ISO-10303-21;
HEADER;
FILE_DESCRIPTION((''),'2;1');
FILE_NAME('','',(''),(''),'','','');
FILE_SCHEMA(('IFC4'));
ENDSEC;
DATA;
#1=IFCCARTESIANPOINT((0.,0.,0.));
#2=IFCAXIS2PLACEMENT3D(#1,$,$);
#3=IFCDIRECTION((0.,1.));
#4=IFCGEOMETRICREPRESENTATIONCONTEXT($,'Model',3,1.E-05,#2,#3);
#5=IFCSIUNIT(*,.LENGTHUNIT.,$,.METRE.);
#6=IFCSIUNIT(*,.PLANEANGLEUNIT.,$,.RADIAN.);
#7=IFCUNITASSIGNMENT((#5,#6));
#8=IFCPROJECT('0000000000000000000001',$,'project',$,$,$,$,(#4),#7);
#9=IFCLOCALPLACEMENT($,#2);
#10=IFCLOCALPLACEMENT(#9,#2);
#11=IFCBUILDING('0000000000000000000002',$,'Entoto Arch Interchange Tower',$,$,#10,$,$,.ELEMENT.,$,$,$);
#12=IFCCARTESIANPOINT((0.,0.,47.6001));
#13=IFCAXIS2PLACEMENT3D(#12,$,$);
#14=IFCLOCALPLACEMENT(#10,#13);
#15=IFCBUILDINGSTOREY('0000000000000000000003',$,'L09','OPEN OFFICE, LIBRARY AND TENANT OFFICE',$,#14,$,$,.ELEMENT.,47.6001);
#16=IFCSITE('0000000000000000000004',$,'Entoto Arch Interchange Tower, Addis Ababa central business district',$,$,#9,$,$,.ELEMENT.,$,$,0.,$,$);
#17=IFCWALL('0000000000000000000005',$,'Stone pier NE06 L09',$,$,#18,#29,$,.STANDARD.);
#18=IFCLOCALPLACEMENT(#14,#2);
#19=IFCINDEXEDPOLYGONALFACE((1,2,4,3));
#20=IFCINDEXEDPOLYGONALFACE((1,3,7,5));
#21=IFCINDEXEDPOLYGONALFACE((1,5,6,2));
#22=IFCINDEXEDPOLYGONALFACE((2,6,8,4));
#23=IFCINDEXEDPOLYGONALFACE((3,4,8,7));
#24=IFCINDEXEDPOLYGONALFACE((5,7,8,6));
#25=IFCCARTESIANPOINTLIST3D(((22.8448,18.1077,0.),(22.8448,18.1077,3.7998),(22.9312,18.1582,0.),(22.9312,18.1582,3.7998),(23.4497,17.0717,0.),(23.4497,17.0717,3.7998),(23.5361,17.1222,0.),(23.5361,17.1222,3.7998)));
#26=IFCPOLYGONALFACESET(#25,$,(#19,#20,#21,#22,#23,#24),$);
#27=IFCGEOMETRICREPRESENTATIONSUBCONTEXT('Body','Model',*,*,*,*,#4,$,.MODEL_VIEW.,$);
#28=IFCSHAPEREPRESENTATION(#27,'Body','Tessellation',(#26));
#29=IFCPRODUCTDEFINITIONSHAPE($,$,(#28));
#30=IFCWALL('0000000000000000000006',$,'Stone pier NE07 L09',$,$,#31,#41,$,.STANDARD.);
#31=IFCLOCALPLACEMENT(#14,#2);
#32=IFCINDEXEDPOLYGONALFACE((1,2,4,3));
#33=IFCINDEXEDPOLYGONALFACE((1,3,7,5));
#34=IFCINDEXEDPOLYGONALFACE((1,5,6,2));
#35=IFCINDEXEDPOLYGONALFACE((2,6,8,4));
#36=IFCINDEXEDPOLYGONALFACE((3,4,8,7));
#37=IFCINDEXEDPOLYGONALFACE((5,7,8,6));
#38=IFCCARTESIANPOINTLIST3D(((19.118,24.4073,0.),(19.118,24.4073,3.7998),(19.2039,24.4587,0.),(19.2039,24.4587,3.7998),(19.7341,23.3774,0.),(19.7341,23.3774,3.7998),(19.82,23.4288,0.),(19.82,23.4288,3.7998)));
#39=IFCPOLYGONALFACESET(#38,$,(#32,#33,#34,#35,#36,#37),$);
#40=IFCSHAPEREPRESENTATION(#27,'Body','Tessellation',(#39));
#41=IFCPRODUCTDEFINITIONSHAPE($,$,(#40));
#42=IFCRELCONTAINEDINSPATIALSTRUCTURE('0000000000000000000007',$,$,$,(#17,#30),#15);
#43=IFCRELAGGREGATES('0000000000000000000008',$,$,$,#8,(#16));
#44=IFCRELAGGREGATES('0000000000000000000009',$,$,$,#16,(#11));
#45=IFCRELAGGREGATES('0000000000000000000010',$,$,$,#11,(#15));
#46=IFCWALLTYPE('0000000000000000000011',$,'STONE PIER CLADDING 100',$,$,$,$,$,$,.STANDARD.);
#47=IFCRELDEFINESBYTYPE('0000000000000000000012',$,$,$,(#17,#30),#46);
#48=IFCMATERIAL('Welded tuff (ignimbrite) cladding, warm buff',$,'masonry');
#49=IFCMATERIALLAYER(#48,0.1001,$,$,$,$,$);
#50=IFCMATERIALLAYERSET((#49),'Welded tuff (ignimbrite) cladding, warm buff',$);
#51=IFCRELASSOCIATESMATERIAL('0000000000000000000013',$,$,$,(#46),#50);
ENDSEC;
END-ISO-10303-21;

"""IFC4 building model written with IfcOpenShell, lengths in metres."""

from ifc_helpers import new_model, si_unit, direction, frame, frame_2d, origin, place, context, subcontext, project, spatial, rectangle, extrude, material, layer, layer_set, type_object, element, save


model = new_model("IFC4")

# Units and contexts
model_context = context("Model", 3, precision=1e-05, world=origin(), true_north=direction((0.0, 1.0)))
body_context = subcontext(model_context, "Body", "Model", "MODEL_VIEW")
ifc_project = project(units=[si_unit("LENGTHUNIT", "METRE"), si_unit("PLANEANGLEUNIT", "RADIAN")], contexts=[model_context])

# Site, building, storey
site_placement = place(None, origin())
site = spatial("IfcSite", under=ifc_project, at=site_placement, Name="Entoto Arch Interchange Tower, Addis Ababa central business district", CompositionType="ELEMENT", RefElevation=0.0)
building_placement = place(site_placement, origin())
building = spatial("IfcBuilding", under=site, at=building_placement, Name="Entoto Arch Interchange Tower", CompositionType="ELEMENT")
storey_placement = place(building_placement, frame((0.0, 0.0, 47.6001)))
storey = spatial("IfcBuildingStorey", under=building, at=storey_placement, Name="L09", Description="OPEN OFFICE, LIBRARY AND TENANT OFFICE", CompositionType="ELEMENT", Elevation=47.6001)

# Shared definitions
ifc_material_1 = material(Name="Welded tuff (ignimbrite) cladding, warm buff", Category="masonry")

# Walls
ifc_layer_1 = layer(ifc_material_1, 0.1001)
ifc_layer_set_1 = layer_set([ifc_layer_1], Name="Welded tuff (ignimbrite) cladding, warm buff")
wall_type_1 = type_object("IfcWallType", Name="STONE PIER CLADDING 100", PredefinedType="STANDARD", material=ifc_layer_set_1)
wall_1_placement = place(storey_placement, frame((23.4929, 17.0969, 0.0), z_axis=(0.0, 0.0, 1.0), x_axis=(-0.504225, 0.863572, 0.0)))
element("IfcWall", 1, at=wall_1_placement, inside=storey, type_object=wall_type_1, Name="Stone pier NE06 L09", PredefinedType="STANDARD", context=body_context, shape_type="SweptSolid", body=[
    extrude(rectangle(XDim=1.1997, YDim=0.1001, at=frame_2d((0.5999, 0.0))), origin(), (0.0, 0.0, 1.0), 3.7998),
])
wall_2_placement = place(storey_placement, frame((19.7771, 23.4031, 0.0), z_axis=(0.0, 0.0, 1.0), x_axis=(-0.513389, 0.858156, 0.0)))
element("IfcWall", 2, at=wall_2_placement, inside=storey, type_object=wall_type_1, Name="Stone pier NE07 L09", PredefinedType="STANDARD", context=body_context, shape_type="SweptSolid", body=[
    extrude(rectangle(XDim=1.2002, YDim=0.1001, at=frame_2d((0.6001, 0.0))), origin(), (0.0, 0.0, 1.0), 3.7998),
])

save(model, "model.ifc")
